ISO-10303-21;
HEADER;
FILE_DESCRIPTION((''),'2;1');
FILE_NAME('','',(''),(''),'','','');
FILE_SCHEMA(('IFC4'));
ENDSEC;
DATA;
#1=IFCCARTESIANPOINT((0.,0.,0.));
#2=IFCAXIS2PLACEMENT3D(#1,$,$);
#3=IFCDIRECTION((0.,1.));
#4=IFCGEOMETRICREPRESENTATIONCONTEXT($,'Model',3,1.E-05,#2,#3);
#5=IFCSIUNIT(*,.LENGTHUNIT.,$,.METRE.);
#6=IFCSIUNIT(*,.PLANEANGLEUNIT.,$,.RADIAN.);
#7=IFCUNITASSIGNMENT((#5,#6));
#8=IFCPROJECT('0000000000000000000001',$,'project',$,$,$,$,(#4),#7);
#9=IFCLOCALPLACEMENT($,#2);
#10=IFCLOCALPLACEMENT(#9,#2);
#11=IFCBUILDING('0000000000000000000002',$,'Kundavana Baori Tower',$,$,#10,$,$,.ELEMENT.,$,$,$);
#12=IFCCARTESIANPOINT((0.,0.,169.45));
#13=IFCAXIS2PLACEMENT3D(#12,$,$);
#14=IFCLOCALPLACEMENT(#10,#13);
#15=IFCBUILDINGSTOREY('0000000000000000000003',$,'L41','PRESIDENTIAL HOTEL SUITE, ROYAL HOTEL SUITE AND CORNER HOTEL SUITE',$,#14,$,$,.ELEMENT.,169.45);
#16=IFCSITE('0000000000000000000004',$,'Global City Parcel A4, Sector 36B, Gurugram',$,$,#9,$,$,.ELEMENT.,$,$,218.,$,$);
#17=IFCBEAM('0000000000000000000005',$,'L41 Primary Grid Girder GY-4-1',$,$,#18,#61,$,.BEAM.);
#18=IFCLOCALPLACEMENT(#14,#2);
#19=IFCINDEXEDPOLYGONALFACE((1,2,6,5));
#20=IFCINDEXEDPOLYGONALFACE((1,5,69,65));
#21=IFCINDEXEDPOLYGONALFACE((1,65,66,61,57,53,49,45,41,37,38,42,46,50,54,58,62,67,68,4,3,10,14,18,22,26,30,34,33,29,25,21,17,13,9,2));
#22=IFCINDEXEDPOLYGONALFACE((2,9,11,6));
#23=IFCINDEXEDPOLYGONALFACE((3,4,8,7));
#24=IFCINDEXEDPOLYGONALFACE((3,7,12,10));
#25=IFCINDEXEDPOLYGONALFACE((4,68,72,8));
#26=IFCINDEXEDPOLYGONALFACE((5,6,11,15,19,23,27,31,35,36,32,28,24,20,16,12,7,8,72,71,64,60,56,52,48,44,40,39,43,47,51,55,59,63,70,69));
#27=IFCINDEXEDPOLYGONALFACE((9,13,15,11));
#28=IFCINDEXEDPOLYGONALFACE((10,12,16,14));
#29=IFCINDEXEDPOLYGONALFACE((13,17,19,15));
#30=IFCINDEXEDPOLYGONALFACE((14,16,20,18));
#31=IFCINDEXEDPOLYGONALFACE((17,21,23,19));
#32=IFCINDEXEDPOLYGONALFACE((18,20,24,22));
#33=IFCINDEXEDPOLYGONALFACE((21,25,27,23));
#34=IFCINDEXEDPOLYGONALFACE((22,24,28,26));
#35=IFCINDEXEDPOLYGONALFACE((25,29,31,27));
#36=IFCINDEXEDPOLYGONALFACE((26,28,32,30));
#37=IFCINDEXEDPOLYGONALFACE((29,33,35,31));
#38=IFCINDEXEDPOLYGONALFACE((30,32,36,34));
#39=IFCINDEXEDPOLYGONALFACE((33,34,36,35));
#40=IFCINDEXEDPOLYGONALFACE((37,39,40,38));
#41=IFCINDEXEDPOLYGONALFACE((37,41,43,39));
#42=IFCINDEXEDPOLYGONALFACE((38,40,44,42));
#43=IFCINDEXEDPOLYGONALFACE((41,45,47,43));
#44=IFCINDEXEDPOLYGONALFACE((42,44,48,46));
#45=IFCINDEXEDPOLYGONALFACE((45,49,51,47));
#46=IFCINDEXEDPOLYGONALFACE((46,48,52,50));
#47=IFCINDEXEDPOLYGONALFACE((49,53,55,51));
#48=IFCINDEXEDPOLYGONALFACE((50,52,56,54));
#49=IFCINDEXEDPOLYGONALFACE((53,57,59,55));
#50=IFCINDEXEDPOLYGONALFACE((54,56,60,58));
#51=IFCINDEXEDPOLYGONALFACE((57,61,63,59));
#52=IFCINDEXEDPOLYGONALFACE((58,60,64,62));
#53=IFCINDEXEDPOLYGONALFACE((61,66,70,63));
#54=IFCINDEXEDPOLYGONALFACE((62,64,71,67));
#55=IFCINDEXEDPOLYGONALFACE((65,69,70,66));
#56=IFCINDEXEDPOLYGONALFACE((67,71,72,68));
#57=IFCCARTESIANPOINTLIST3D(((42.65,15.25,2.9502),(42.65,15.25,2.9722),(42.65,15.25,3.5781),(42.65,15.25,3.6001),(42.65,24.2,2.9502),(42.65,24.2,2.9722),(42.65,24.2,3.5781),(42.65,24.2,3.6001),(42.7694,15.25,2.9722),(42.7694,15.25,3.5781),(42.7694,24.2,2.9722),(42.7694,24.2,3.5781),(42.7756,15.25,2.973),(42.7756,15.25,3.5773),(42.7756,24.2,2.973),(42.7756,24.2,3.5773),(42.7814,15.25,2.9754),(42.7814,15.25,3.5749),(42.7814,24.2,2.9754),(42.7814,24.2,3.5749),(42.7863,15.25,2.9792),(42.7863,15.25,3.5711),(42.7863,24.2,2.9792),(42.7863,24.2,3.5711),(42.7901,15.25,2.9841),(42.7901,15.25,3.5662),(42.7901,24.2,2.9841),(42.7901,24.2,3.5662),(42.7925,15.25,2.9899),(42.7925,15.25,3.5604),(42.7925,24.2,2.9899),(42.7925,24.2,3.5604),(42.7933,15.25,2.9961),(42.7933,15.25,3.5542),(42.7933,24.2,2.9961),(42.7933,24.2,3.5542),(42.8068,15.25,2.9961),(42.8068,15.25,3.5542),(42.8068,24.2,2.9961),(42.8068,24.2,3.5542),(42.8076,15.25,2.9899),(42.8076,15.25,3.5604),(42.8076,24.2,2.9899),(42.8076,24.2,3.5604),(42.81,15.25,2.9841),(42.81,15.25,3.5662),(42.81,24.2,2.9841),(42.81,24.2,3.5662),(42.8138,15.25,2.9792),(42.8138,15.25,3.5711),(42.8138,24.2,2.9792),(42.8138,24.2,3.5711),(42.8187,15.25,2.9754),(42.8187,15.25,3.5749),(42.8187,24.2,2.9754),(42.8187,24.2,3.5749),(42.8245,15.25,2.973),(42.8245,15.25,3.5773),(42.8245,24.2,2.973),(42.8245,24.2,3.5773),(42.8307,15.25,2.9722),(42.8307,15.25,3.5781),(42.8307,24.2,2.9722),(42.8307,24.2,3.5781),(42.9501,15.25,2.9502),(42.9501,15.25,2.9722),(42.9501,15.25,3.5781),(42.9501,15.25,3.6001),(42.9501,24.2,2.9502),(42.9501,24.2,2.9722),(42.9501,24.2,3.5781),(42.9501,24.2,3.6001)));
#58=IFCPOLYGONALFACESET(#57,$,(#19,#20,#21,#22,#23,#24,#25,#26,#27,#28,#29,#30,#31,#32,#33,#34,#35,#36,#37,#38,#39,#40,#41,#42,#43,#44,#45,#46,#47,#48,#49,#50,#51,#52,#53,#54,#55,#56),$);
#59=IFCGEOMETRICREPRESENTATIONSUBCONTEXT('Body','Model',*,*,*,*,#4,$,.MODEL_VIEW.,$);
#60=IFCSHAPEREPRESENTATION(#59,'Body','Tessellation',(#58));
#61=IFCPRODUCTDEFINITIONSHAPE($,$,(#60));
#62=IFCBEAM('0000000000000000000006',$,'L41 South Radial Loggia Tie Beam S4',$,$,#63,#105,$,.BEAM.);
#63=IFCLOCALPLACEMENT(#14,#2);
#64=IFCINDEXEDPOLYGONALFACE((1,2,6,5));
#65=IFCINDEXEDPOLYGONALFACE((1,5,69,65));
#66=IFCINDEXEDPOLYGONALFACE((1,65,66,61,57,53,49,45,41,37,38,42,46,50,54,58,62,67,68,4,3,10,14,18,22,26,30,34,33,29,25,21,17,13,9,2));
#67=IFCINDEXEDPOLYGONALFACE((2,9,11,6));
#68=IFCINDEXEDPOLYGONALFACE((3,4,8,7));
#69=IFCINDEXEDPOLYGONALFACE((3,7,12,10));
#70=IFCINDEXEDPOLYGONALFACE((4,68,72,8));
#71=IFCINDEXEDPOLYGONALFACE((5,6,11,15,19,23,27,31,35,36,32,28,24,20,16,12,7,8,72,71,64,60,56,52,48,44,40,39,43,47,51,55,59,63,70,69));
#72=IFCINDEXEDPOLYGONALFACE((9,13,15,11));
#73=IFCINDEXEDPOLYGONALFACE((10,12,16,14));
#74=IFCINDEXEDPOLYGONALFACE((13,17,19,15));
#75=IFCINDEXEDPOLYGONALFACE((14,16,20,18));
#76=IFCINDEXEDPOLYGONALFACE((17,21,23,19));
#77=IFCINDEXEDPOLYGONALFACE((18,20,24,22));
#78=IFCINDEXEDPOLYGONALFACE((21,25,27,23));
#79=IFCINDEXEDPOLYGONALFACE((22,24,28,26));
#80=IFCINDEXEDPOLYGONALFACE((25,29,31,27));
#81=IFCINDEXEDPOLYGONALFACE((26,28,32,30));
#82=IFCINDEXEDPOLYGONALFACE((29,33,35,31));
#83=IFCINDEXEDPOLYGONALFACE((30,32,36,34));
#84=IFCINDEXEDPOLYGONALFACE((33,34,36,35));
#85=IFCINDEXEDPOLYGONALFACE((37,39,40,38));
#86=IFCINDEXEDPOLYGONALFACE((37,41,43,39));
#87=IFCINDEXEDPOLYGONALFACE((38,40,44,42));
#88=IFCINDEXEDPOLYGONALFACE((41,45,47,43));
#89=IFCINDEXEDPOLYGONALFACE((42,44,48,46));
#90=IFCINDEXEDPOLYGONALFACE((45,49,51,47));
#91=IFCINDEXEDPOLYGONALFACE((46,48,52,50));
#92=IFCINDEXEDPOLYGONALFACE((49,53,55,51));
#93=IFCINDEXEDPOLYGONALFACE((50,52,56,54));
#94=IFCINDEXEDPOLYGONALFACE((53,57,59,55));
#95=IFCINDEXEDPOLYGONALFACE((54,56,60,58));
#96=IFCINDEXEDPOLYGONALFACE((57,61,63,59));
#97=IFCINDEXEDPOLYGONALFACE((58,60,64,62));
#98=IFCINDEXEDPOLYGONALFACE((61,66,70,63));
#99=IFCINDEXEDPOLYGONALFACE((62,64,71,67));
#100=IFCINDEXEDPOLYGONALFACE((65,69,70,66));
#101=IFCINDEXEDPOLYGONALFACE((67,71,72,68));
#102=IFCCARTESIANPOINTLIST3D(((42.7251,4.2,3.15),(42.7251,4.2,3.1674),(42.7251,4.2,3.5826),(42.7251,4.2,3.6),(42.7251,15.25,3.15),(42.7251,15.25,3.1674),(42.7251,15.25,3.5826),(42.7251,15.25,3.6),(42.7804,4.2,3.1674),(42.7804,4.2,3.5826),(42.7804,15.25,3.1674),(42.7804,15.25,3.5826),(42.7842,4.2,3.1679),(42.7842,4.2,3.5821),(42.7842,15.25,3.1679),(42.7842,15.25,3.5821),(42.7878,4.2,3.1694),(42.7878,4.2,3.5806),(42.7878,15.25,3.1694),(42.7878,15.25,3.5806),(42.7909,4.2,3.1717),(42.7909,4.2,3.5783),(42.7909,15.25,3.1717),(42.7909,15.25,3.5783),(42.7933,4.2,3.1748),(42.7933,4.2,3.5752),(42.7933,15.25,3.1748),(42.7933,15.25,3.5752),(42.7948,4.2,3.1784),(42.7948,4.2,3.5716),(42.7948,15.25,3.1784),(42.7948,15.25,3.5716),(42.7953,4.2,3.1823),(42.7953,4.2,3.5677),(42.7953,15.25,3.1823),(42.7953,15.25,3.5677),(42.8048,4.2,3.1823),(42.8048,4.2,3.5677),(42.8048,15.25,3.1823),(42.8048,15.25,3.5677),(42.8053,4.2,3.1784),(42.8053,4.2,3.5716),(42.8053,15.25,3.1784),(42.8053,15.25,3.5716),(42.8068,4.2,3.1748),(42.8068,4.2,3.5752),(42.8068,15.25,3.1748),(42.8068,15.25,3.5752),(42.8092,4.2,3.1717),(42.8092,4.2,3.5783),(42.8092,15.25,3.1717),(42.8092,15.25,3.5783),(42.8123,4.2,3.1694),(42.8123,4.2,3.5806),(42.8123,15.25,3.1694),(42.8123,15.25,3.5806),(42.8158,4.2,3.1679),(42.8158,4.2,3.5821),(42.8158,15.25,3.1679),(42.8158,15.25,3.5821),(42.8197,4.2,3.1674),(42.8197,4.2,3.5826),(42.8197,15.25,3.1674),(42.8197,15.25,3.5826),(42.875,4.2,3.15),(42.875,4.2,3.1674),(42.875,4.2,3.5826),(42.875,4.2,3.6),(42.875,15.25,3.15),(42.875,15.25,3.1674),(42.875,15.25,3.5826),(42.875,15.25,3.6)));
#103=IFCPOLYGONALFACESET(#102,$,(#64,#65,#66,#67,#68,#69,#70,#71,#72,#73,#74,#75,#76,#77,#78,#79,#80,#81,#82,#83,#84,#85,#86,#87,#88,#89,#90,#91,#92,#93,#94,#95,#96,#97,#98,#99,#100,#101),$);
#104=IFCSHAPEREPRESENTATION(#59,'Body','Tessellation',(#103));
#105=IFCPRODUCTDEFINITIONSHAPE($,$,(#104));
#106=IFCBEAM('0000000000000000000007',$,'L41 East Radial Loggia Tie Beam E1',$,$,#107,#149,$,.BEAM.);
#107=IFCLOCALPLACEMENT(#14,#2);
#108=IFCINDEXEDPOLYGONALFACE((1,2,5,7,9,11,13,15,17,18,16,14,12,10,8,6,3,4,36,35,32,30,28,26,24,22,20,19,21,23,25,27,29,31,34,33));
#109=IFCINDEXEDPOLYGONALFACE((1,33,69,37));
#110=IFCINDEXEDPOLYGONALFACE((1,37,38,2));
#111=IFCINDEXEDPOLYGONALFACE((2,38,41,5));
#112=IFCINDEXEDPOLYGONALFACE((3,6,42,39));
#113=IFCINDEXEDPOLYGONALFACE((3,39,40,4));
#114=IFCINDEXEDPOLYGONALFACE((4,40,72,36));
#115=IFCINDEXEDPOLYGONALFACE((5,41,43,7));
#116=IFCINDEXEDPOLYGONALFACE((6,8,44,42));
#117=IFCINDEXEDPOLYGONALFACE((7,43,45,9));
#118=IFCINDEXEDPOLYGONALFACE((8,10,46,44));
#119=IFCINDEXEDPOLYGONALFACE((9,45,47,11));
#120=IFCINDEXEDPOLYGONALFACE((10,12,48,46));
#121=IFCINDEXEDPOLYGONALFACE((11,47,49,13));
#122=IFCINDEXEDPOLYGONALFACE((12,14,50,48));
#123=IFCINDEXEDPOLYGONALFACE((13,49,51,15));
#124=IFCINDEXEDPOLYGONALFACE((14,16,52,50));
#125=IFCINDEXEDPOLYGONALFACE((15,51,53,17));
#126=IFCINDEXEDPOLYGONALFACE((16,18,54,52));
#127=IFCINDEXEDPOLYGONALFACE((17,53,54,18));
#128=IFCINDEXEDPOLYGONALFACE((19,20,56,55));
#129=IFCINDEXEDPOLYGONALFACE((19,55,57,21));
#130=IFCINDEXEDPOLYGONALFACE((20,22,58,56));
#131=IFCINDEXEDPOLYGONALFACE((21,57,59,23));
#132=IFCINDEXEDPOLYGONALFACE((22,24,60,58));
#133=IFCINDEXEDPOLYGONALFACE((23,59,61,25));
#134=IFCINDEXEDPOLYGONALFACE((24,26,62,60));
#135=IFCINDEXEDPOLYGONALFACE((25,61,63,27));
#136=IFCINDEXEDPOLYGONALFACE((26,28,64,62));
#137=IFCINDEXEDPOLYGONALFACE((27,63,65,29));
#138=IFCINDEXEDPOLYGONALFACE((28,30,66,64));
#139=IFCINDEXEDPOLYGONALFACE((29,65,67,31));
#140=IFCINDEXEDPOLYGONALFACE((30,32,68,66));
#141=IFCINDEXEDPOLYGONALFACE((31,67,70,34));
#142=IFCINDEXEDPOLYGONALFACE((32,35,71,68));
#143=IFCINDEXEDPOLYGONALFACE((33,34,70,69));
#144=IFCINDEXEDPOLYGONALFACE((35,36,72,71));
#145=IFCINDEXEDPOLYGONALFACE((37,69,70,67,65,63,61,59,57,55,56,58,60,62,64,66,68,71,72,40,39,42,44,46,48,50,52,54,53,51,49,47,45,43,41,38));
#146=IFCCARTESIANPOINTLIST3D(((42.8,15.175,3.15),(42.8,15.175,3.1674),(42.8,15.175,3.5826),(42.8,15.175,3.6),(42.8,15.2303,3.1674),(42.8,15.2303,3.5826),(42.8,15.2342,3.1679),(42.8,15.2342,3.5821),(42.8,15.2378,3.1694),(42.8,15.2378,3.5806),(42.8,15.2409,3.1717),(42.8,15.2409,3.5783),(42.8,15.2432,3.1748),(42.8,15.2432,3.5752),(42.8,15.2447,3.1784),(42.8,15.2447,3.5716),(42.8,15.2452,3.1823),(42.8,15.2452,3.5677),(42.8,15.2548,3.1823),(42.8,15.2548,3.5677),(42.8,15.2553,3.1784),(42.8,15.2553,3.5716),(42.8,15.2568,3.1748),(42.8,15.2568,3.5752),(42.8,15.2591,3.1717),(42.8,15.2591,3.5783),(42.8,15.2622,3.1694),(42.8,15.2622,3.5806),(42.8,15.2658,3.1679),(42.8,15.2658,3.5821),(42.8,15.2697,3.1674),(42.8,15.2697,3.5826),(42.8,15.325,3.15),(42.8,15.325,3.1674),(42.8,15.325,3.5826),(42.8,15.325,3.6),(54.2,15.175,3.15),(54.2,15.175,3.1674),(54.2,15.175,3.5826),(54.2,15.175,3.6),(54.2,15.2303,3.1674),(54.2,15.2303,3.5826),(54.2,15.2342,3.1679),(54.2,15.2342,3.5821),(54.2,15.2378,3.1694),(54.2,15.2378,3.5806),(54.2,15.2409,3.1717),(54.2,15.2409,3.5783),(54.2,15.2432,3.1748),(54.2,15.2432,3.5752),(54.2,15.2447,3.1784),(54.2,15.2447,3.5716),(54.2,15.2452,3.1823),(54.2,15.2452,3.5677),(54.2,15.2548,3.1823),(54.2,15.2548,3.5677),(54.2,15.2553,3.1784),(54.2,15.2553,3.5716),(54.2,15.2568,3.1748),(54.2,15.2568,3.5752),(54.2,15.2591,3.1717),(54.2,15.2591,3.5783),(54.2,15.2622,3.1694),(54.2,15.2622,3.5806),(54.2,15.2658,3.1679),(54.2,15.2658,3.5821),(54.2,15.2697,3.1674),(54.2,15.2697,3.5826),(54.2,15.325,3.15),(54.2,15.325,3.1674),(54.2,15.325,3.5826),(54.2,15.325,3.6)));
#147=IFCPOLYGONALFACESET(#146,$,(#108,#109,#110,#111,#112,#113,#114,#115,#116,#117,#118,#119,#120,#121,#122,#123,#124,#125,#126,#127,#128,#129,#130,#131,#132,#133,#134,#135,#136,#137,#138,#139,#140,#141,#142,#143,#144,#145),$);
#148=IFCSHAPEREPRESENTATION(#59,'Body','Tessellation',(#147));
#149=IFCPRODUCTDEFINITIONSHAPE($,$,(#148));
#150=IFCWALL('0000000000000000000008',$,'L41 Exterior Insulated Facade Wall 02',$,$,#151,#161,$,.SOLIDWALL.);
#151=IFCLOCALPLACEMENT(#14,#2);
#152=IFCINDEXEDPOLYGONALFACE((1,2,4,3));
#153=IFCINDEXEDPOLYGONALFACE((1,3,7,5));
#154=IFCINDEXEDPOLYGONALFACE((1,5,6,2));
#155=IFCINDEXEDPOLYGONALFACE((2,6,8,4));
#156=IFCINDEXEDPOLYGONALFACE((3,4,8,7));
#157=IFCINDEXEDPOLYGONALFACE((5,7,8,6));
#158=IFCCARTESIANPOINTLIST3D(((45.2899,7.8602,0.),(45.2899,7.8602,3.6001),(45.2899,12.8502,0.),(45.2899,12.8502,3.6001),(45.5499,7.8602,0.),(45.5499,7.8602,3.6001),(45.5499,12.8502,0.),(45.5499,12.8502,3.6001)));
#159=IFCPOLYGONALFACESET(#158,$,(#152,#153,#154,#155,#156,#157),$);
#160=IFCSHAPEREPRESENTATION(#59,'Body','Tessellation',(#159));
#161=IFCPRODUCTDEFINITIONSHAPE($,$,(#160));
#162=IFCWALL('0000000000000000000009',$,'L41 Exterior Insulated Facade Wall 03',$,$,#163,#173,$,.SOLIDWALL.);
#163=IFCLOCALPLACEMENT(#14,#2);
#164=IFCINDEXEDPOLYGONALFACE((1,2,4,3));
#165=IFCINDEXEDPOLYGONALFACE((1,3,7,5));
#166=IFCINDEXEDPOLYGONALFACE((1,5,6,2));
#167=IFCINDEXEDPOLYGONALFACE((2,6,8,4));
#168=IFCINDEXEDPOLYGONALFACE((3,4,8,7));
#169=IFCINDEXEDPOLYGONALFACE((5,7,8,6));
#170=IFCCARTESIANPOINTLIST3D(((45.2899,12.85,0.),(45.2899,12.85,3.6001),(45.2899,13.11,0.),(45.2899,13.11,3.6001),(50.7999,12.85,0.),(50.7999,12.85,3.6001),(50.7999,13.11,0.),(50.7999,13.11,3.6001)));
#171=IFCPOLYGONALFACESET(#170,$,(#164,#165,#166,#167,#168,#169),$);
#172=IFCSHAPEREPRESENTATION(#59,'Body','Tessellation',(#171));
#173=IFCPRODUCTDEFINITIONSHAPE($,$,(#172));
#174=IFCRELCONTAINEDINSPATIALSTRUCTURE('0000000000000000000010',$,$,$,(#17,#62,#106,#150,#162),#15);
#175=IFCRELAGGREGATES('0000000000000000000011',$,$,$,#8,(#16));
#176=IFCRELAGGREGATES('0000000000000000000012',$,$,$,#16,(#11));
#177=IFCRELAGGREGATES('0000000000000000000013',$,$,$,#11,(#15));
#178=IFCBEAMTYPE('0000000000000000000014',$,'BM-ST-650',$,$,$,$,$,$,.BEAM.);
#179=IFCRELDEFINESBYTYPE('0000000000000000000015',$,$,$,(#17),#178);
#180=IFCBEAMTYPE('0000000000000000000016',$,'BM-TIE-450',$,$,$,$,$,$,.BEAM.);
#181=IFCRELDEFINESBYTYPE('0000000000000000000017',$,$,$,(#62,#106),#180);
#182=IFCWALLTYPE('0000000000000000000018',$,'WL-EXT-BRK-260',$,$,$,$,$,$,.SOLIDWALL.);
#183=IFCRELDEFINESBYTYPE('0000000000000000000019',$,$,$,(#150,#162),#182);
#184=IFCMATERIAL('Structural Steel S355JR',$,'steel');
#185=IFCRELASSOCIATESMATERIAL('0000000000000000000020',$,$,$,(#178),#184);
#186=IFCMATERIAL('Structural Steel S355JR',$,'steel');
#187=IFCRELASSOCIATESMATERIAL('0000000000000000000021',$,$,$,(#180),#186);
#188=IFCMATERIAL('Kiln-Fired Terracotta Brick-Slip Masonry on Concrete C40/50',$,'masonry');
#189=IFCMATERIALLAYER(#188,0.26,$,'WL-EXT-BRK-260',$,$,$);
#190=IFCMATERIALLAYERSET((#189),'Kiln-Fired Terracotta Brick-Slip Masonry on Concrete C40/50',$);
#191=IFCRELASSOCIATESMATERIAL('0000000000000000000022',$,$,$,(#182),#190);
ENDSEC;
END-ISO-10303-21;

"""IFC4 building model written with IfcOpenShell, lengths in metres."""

from ifc_helpers import new_model, si_unit, direction, frame, frame_2d, origin, origin_2d, place, context, subcontext, project, spatial, rectangle, i_section, extrude, material, layer, layer_set, material_profile, profile_set, type_object, element, save


model = new_model("IFC4")

# Units and contexts
model_context = context("Model", 3, precision=1e-05, world=origin(), true_north=direction((0.0, 1.0)))
body_context = subcontext(model_context, "Body", "Model", "MODEL_VIEW")
ifc_project = project(units=[si_unit("LENGTHUNIT", "METRE"), si_unit("PLANEANGLEUNIT", "RADIAN")], contexts=[model_context])

# Site, building, storey
site_placement = place(None, origin())
site = spatial("IfcSite", under=ifc_project, at=site_placement, Name="Global City Parcel A4, Sector 36B, Gurugram", CompositionType="ELEMENT", RefElevation=218.0)
building_placement = place(site_placement, origin())
building = spatial("IfcBuilding", under=site, at=building_placement, Name="Kundavana Baori Tower", CompositionType="ELEMENT")
storey_placement = place(building_placement, frame((0.0, 0.0, 169.45)))
storey = spatial("IfcBuildingStorey", under=building, at=storey_placement, Name="L41", Description="PRESIDENTIAL HOTEL SUITE, ROYAL HOTEL SUITE AND CORNER HOTEL SUITE", CompositionType="ELEMENT", Elevation=169.45)

# Beams
ifc_material_1 = material(Name="Structural Steel S355JR", Category="steel")
ifc_material_profile_1 = material_profile(ifc_material_1, i_section(OverallWidth=0.3, OverallDepth=0.6499, WebThickness=0.0134, FlangeThickness=0.022, FilletRadius=0.0239, at=origin_2d()), Name="NPB 650x300x155")
ifc_profile_set_1 = profile_set([ifc_material_profile_1], Name="Structural Steel S355JR")
beam_type_1 = type_object("IfcBeamType", Name="BM-ST-650", PredefinedType="BEAM", material=ifc_profile_set_1)
beam_1_placement = place(storey_placement, frame((42.8, 15.25, 3.2751), z_axis=(0.0, 1.0, 0.0), x_axis=(-1.0, 0.0, 0.0)))
element("IfcBeam", 1, at=beam_1_placement, inside=storey, type_object=beam_type_1, Name="L41 Primary Grid Girder GY-4-1", PredefinedType="BEAM", context=body_context, shape_type="SweptSolid", body=[
    extrude(i_section(OverallWidth=0.3, OverallDepth=0.6499, WebThickness=0.0134, FlangeThickness=0.022, FilletRadius=0.0239, at=origin_2d()), origin(), (0.0, 0.0, 1.0), 8.95),
])
ifc_material_2 = material(Name="Structural Steel S355JR", Category="steel")
ifc_material_profile_2 = material_profile(ifc_material_2, i_section(OverallWidth=0.1499, OverallDepth=0.45, WebThickness=0.0095, FlangeThickness=0.0173, FilletRadius=0.0149, at=origin_2d()), Name="ISMB 450")
ifc_profile_set_2 = profile_set([ifc_material_profile_2], Name="Structural Steel S355JR")
beam_type_2 = type_object("IfcBeamType", Name="BM-TIE-450", PredefinedType="BEAM", material=ifc_profile_set_2)
beam_2_placement = place(storey_placement, frame((42.8, 15.25, 3.375), z_axis=(0.0, -1.0, 0.0), x_axis=(1.0, 0.0, 0.0)))
element("IfcBeam", 2, at=beam_2_placement, inside=storey, type_object=beam_type_2, Name="L41 South Radial Loggia Tie Beam S4", PredefinedType="BEAM", context=body_context, shape_type="SweptSolid", body=[
    extrude(i_section(OverallWidth=0.1499, OverallDepth=0.45, WebThickness=0.0095, FlangeThickness=0.0173, FilletRadius=0.0149, at=origin_2d()), origin(), (0.0, 0.0, 1.0), 11.05),
])
beam_3_placement = place(storey_placement, frame((42.8, 15.25, 3.375), z_axis=(1.0, 0.0, 0.0), x_axis=(0.0, 1.0, 0.0)))
element("IfcBeam", 3, at=beam_3_placement, inside=storey, type_object=beam_type_2, Name="L41 East Radial Loggia Tie Beam E1", PredefinedType="BEAM", context=body_context, shape_type="SweptSolid", body=[
    extrude(i_section(OverallWidth=0.1499, OverallDepth=0.45, WebThickness=0.0095, FlangeThickness=0.0173, FilletRadius=0.0149, at=origin_2d()), origin(), (0.0, 0.0, 1.0), 11.3999),
])

# Walls
ifc_material_3 = material(Name="Kiln-Fired Terracotta Brick-Slip Masonry on Concrete C40/50", Category="masonry")
ifc_layer_1 = layer(ifc_material_3, 0.26, Name="WL-EXT-BRK-260")
ifc_layer_set_1 = layer_set([ifc_layer_1], Name="Kiln-Fired Terracotta Brick-Slip Masonry on Concrete C40/50")
wall_type_1 = type_object("IfcWallType", Name="WL-EXT-BRK-260", PredefinedType="SOLIDWALL", material=ifc_layer_set_1)
wall_1_placement = place(storey_placement, frame((45.4199, 7.8601, 0.0), z_axis=(0.0, 0.0, 1.0), x_axis=(0.0, 1.0, 0.0)))
element("IfcWall", 4, at=wall_1_placement, inside=storey, type_object=wall_type_1, Name="L41 Exterior Insulated Facade Wall 02", PredefinedType="SOLIDWALL", context=body_context, shape_type="SweptSolid", body=[
    extrude(rectangle(XDim=4.99, YDim=0.26, at=frame_2d((2.4951, 0.0))), origin(), (0.0, 0.0, 1.0), 3.6001),
])
wall_2_placement = place(storey_placement, frame((45.29, 12.98, 0.0), z_axis=(0.0, 0.0, 1.0), x_axis=(1.0, 0.0, 0.0)))
element("IfcWall", 5, at=wall_2_placement, inside=storey, type_object=wall_type_1, Name="L41 Exterior Insulated Facade Wall 03", PredefinedType="SOLIDWALL", context=body_context, shape_type="SweptSolid", body=[
    extrude(rectangle(XDim=5.51, YDim=0.26, at=frame_2d((2.7549, 0.0))), origin(), (0.0, 0.0, 1.0), 3.6001),
])

save(model, "model.ifc")
